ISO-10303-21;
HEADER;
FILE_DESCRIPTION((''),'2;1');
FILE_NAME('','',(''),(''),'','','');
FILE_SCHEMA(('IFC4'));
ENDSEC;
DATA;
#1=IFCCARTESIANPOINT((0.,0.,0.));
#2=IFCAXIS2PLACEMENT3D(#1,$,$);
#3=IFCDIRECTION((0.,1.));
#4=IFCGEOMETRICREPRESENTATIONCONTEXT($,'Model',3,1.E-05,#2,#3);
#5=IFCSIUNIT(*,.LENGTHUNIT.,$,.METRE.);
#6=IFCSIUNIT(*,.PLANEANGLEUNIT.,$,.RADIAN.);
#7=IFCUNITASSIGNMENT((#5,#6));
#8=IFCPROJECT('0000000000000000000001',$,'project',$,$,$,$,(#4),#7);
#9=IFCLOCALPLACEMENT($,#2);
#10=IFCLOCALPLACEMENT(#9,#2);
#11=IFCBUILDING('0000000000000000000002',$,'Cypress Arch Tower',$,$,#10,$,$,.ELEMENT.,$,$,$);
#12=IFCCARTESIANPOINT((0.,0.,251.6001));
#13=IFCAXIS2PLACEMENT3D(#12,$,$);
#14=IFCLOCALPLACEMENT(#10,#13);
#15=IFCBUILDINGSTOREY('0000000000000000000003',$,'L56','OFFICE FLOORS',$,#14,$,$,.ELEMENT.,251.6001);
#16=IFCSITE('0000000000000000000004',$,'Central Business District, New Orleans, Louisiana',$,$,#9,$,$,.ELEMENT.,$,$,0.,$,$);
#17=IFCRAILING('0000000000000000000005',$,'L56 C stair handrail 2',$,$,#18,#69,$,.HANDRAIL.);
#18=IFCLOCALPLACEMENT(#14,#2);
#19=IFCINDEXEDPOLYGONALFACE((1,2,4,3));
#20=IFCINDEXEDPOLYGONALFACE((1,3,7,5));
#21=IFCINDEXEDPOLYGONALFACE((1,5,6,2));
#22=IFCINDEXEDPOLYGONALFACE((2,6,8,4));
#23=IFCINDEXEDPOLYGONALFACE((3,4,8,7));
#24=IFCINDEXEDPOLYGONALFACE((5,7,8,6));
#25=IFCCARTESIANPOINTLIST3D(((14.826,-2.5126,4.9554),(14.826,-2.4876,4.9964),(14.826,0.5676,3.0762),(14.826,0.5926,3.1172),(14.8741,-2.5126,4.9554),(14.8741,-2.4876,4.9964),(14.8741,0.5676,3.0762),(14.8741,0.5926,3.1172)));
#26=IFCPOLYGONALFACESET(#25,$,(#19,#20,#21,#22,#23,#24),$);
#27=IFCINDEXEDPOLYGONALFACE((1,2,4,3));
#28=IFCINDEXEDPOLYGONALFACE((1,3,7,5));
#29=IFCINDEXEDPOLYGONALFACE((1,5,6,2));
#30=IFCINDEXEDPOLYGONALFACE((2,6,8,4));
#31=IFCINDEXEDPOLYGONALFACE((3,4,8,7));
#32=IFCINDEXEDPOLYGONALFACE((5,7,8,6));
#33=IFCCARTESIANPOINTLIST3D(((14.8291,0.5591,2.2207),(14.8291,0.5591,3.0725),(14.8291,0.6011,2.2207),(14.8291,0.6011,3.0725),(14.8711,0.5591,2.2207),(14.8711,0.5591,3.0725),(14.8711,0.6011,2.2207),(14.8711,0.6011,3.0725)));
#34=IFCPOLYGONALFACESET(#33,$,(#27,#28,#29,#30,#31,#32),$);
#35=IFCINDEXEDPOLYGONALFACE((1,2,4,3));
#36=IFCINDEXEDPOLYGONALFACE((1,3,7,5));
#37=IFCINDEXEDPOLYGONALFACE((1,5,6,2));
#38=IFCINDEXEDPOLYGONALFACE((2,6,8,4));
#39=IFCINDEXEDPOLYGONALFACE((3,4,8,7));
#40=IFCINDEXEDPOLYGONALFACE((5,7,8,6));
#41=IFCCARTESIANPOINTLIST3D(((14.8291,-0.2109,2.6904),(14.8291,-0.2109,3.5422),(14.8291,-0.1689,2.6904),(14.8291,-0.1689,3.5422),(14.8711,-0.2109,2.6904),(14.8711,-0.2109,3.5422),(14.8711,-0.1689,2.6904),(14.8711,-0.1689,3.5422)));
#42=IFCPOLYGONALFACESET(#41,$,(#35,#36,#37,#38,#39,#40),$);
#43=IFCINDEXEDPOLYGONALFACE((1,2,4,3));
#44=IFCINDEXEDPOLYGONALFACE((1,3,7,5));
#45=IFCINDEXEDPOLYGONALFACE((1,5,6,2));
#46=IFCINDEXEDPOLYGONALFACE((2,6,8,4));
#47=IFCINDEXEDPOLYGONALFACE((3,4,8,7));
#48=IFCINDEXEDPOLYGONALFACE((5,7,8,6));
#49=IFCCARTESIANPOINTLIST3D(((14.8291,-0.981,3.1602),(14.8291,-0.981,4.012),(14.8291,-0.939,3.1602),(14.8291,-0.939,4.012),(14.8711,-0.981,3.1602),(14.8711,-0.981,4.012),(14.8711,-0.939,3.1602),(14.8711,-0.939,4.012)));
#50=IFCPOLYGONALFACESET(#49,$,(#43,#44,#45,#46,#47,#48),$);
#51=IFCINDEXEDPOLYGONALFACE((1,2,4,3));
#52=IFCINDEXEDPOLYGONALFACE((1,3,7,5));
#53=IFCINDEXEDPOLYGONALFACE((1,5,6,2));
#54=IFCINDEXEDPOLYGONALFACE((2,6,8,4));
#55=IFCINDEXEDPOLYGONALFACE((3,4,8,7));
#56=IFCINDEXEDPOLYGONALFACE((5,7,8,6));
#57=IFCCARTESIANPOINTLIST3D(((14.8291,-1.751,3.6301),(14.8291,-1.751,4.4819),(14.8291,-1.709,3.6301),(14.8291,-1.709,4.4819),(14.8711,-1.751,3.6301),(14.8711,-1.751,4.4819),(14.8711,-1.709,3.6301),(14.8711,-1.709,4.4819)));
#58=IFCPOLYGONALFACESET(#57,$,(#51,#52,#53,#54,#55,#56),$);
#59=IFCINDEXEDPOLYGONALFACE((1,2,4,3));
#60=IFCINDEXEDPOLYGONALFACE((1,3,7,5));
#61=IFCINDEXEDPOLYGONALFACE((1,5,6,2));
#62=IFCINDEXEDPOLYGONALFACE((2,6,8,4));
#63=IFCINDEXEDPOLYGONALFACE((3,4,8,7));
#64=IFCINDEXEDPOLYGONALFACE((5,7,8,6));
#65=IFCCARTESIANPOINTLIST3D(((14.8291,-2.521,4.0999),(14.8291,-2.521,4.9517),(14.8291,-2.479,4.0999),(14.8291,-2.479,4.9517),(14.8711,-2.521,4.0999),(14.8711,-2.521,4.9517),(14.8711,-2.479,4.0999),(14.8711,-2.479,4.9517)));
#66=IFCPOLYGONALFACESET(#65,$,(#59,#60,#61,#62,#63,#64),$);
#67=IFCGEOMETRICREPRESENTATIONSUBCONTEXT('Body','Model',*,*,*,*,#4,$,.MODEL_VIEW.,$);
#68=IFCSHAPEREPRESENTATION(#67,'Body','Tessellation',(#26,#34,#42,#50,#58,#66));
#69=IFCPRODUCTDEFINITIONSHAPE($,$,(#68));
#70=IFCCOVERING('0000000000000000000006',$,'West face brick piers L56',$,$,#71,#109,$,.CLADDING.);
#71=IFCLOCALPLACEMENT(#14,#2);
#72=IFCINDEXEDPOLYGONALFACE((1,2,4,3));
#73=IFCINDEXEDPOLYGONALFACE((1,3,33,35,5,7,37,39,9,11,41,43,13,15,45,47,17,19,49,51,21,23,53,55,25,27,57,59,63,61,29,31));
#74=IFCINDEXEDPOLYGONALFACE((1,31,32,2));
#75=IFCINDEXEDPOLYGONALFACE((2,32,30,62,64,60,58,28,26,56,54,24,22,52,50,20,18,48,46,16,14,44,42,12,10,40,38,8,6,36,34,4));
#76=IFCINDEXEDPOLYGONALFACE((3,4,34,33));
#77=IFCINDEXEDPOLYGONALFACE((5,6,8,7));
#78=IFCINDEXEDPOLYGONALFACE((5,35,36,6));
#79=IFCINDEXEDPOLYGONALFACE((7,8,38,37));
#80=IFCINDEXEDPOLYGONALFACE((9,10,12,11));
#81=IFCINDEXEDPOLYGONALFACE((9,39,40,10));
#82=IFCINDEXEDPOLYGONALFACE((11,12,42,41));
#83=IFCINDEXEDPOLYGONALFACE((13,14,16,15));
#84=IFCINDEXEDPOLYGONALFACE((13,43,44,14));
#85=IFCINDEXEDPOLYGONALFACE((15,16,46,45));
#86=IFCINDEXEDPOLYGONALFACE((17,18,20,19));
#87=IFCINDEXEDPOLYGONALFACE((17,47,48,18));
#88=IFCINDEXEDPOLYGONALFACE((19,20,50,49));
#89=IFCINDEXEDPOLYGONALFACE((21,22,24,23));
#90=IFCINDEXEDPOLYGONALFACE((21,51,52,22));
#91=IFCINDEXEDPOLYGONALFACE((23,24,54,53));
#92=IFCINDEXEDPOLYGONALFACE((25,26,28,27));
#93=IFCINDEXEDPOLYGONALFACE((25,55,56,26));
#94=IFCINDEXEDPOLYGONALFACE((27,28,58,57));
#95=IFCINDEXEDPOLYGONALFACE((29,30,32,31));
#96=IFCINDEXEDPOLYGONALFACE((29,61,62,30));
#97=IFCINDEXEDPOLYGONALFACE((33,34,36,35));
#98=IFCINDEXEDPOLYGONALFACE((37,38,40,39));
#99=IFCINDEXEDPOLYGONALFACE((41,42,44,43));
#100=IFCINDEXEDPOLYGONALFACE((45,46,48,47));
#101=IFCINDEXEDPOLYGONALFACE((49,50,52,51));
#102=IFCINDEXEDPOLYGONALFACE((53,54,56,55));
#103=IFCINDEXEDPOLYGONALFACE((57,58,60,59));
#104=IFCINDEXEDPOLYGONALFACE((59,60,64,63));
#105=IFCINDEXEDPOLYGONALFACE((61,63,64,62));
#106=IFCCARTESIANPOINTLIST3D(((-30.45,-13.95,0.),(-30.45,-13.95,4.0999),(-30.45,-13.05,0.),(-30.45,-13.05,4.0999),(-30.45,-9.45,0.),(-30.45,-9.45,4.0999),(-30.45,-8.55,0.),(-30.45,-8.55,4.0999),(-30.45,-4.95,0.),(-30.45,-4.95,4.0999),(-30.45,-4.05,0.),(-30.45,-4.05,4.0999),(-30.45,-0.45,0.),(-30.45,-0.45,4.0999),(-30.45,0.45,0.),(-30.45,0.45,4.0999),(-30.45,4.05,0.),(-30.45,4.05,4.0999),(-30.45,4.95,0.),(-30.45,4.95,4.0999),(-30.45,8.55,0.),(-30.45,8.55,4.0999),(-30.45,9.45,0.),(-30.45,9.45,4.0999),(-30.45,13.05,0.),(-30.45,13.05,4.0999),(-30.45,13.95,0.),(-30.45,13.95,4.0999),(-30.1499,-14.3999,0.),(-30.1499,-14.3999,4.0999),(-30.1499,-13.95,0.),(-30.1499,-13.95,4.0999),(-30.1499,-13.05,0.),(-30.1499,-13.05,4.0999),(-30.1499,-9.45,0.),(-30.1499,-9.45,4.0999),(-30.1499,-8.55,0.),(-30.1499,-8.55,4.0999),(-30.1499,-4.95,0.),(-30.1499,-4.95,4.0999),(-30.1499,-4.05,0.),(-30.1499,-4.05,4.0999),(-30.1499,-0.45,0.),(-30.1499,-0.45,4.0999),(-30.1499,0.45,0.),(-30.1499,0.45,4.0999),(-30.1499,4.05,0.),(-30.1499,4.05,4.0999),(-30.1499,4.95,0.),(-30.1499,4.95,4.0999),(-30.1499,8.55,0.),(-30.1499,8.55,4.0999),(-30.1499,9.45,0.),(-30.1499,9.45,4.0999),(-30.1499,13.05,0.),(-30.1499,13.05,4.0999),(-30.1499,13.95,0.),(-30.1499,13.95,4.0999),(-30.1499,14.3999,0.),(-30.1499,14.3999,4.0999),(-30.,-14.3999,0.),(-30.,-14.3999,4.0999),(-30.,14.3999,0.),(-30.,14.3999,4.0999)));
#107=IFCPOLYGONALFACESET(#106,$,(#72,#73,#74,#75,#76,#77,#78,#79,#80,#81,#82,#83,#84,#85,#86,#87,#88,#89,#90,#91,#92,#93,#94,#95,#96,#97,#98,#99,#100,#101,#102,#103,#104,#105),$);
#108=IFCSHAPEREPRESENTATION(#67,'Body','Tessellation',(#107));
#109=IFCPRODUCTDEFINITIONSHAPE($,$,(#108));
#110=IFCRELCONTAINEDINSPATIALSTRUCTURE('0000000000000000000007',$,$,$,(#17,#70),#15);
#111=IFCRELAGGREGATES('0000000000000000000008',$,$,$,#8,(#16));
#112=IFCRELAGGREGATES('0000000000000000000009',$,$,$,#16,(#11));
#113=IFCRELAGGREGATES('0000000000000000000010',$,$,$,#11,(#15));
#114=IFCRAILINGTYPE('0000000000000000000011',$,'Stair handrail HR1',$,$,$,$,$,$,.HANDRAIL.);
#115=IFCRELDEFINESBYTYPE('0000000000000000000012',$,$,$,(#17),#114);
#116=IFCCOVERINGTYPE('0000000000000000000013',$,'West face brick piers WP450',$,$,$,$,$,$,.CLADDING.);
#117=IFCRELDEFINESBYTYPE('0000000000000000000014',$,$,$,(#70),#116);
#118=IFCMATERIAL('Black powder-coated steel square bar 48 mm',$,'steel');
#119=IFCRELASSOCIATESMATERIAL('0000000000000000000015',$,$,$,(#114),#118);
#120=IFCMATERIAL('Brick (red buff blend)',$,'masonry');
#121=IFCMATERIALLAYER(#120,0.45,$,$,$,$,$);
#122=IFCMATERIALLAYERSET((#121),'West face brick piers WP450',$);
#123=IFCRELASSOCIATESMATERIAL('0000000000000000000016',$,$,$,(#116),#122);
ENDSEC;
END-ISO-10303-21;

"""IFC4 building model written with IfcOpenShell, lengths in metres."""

from ifc_helpers import new_model, si_unit, direction, frame, origin, origin_2d, place, context, subcontext, project, spatial, polyline, rectangle, outline, extrude, material, layer, layer_set, type_object, element, save


model = new_model("IFC4")

# Units and contexts
model_context = context("Model", 3, precision=1e-05, world=origin(), true_north=direction((0.0, 1.0)))
body_context = subcontext(model_context, "Body", "Model", "MODEL_VIEW")
ifc_project = project(units=[si_unit("LENGTHUNIT", "METRE"), si_unit("PLANEANGLEUNIT", "RADIAN")], contexts=[model_context])

# Site, building, storey
site_placement = place(None, origin())
site = spatial("IfcSite", under=ifc_project, at=site_placement, Name="Central Business District, New Orleans, Louisiana", CompositionType="ELEMENT", RefElevation=0.0)
building_placement = place(site_placement, origin())
building = spatial("IfcBuilding", under=site, at=building_placement, Name="Cypress Arch Tower", CompositionType="ELEMENT")
storey_placement = place(building_placement, frame((0.0, 0.0, 251.6001)))
storey = spatial("IfcBuildingStorey", under=building, at=storey_placement, Name="L56", Description="OFFICE FLOORS", CompositionType="ELEMENT", Elevation=251.6001)

# Railing
ifc_material_1 = material(Name="Black powder-coated steel square bar 48 mm", Category="steel")
railing_type = type_object("IfcRailingType", Name="Stair handrail HR1", PredefinedType="HANDRAIL", material=ifc_material_1)
railing_placement = place(storey_placement, frame((14.8501, 0.5801, 2.2207)))
element("IfcRailing", 1, at=railing_placement, inside=storey, type_object=railing_type, Name="L56 C stair handrail 2", PredefinedType="HANDRAIL", context=body_context, shape_type="SweptSolid", body=[
    extrude(rectangle(XDim=0.0481, YDim=0.0481, at=origin_2d()), frame((0.0, 0.0, 0.876), z_axis=(0.0, -0.853666, 0.52082), x_axis=(1.0, 0.0, 0.0)), (0.0, 0.0, 1.0), 3.6082),
    extrude(rectangle(XDim=0.042, YDim=0.042, at=origin_2d()), origin(), (0.0, 0.0, 1.0), 0.8518),
    extrude(rectangle(XDim=0.042, YDim=0.042, at=origin_2d()), frame((0.0, -0.77, 0.4697)), (0.0, 0.0, 1.0), 0.8518),
    extrude(rectangle(XDim=0.042, YDim=0.042, at=origin_2d()), frame((0.0, -1.54, 0.9395)), (0.0, 0.0, 1.0), 0.8518),
    extrude(rectangle(XDim=0.042, YDim=0.042, at=origin_2d()), frame((0.0, -2.3101, 1.4094)), (0.0, 0.0, 1.0), 0.8518),
    extrude(rectangle(XDim=0.042, YDim=0.042, at=origin_2d()), frame((0.0, -3.0801, 1.8792)), (0.0, 0.0, 1.0), 0.8518),
])

# Covering
ifc_material_2 = material(Name="Brick (red buff blend)", Category="masonry")
ifc_layer_1 = layer(ifc_material_2, 0.45)
ifc_layer_set_1 = layer_set([ifc_layer_1], Name="West face brick piers WP450")
covering_type_1 = type_object("IfcCoveringType", Name="West face brick piers WP450", PredefinedType="CLADDING", material=ifc_layer_set_1)
covering_1_placement = place(storey_placement, origin())
element("IfcCovering", 2, at=covering_1_placement, inside=storey, type_object=covering_type_1, Name="West face brick piers L56", PredefinedType="CLADDING", context=body_context, shape_type="SweptSolid", body=[
    extrude(outline(polyline([(-30.1499, -13.05), (-30.1499, -9.45), (-30.45, -9.45), (-30.45, -8.55), (-30.1499, -8.55), (-30.1499, -4.95), (-30.45, -4.95), (-30.45, -4.05), (-30.1499, -4.05), (-30.1499, -0.45), (-30.45, -0.45), (-30.45, 0.45), (-30.1499, 0.45), (-30.1499, 4.05), (-30.45, 4.05), (-30.45, 4.95), (-30.1499, 4.95), (-30.1499, 8.55), (-30.45, 8.55), (-30.45, 9.45), (-30.1499, 9.45), (-30.1499, 13.05), (-30.45, 13.05), (-30.45, 13.95), (-30.1499, 13.95), (-30.1499, 14.3999), (-30.0, 14.3999), (-30.0, -14.3999), (-30.1499, -14.3999), (-30.1499, -13.95), (-30.45, -13.95), (-30.45, -13.05), (-30.1499, -13.05)])), origin(), (0.0, 0.0, 1.0), 4.0999),
])

save(model, "model.ifc")
